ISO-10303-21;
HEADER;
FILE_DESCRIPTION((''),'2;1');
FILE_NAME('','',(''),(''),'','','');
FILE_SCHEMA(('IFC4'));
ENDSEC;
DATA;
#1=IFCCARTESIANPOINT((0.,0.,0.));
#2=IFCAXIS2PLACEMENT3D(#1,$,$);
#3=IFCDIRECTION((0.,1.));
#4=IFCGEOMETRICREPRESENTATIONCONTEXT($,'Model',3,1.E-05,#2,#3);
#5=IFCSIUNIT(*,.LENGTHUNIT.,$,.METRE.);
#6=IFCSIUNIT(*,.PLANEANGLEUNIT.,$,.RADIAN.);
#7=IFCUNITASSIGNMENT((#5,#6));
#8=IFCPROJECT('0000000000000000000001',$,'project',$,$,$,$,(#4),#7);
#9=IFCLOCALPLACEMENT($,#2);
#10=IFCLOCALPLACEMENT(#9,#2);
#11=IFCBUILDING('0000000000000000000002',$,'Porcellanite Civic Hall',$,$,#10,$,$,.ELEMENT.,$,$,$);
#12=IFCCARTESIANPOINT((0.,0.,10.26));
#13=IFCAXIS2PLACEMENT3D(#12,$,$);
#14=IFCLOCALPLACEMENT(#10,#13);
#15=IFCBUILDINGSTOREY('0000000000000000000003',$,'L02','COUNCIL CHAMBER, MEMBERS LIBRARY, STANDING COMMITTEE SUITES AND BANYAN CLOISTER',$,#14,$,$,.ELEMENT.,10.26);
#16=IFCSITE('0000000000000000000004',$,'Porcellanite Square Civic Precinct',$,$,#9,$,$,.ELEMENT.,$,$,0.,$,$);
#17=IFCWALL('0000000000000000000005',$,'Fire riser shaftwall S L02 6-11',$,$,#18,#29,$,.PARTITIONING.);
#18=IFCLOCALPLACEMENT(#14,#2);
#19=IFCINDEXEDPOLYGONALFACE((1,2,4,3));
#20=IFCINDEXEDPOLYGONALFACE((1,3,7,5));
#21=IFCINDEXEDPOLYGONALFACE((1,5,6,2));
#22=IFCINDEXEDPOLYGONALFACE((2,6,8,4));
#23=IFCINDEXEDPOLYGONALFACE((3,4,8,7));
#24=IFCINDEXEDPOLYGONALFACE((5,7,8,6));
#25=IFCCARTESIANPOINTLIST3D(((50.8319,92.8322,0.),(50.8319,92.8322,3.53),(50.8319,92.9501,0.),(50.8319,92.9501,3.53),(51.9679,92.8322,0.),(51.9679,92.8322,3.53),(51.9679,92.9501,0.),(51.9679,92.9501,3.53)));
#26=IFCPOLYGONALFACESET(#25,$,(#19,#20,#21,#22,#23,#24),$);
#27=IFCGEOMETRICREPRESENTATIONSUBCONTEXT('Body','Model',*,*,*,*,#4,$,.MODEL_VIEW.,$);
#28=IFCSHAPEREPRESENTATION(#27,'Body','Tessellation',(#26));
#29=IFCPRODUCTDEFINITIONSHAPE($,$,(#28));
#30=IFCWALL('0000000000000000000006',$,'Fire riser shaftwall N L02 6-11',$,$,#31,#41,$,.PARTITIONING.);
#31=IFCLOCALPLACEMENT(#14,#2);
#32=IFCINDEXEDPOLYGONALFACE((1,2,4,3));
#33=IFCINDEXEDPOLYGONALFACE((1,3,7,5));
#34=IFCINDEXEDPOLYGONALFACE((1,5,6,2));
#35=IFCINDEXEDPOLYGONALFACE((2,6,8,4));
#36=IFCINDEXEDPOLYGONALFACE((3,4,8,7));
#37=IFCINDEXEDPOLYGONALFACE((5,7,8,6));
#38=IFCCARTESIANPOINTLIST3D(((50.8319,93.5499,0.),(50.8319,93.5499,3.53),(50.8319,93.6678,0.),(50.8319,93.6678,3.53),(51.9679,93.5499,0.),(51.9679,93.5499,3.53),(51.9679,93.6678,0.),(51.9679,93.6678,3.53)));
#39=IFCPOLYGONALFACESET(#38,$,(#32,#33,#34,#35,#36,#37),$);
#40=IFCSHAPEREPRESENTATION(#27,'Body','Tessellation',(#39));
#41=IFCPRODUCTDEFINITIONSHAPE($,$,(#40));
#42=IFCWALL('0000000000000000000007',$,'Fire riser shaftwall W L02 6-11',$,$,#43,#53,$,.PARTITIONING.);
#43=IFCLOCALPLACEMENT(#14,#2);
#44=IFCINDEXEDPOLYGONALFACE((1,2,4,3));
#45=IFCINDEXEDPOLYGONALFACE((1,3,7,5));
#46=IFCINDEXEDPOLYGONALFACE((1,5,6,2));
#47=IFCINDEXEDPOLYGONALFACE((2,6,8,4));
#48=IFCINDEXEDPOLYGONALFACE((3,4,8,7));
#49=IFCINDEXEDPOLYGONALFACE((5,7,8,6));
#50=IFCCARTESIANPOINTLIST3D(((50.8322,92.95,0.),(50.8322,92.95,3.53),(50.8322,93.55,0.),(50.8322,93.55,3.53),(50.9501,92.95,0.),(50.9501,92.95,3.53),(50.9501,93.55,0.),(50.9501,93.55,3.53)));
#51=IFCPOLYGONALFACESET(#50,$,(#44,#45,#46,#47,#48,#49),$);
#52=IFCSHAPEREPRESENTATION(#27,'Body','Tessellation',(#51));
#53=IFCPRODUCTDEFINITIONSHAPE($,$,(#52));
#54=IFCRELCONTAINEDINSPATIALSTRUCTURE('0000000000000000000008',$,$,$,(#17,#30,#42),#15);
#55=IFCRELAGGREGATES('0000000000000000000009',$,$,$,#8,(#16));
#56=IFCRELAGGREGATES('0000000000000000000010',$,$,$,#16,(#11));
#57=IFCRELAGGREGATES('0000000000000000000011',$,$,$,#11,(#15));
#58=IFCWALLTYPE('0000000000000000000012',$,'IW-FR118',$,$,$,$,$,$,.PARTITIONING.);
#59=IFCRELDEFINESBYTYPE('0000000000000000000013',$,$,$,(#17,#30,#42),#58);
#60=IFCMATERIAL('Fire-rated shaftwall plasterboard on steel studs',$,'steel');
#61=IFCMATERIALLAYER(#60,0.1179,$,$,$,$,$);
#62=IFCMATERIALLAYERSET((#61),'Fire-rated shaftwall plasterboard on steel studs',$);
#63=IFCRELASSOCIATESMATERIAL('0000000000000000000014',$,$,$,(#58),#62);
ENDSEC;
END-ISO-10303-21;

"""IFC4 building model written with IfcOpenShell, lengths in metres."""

from ifc_helpers import new_model, si_unit, direction, frame, frame_2d, origin, place, context, subcontext, project, spatial, rectangle, extrude, material, layer, layer_set, type_object, element, save


model = new_model("IFC4")

# Units and contexts
model_context = context("Model", 3, precision=1e-05, world=origin(), true_north=direction((0.0, 1.0)))
body_context = subcontext(model_context, "Body", "Model", "MODEL_VIEW")
ifc_project = project(units=[si_unit("LENGTHUNIT", "METRE"), si_unit("PLANEANGLEUNIT", "RADIAN")], contexts=[model_context])

# Site, building, storey
site_placement = place(None, origin())
site = spatial("IfcSite", under=ifc_project, at=site_placement, Name="Porcellanite Square Civic Precinct", CompositionType="ELEMENT", RefElevation=0.0)
building_placement = place(site_placement, origin())
building = spatial("IfcBuilding", under=site, at=building_placement, Name="Porcellanite Civic Hall", CompositionType="ELEMENT")
storey_placement = place(building_placement, frame((0.0, 0.0, 10.26)))
storey = spatial("IfcBuildingStorey", under=building, at=storey_placement, Name="L02", Description="COUNCIL CHAMBER, MEMBERS LIBRARY, STANDING COMMITTEE SUITES AND BANYAN CLOISTER", CompositionType="ELEMENT", Elevation=10.26)

# Walls
ifc_material_1 = material(Name="Fire-rated shaftwall plasterboard on steel studs", Category="steel")
ifc_layer_1 = layer(ifc_material_1, 0.1179)
ifc_layer_set_1 = layer_set([ifc_layer_1], Name="Fire-rated shaftwall plasterboard on steel studs")
wall_type = type_object("IfcWallType", Name="IW-FR118", PredefinedType="PARTITIONING", material=ifc_layer_set_1)
for number, where, z_axis, x_axis, name in (
    (1, (50.832, 92.8911, 0.0), (0.0, 0.0, 1.0), (1.0, 0.0, 0.0), "Fire riser shaftwall S L02 6-11"),
    (2, (50.832, 93.6089, 0.0), (0.0, 0.0, 1.0), (1.0, 0.0, 0.0), "Fire riser shaftwall N L02 6-11"),
):
    element("IfcWall", number, at=place(storey_placement, frame(where, z_axis=z_axis, x_axis=x_axis)), inside=storey, type_object=wall_type, Name=name, PredefinedType="PARTITIONING", context=body_context, shape_type="SweptSolid", body=[
        extrude(rectangle(XDim=1.136, YDim=0.1179, at=frame_2d((0.5679, 0.0))), origin(), (0.0, 0.0, 1.0), 3.53),
    ])
wall_placement = place(storey_placement, frame((50.8911, 92.95, 0.0), z_axis=(0.0, 0.0, 1.0), x_axis=(0.0, 1.0, 0.0)))
element("IfcWall", 3, at=wall_placement, inside=storey, type_object=wall_type, Name="Fire riser shaftwall W L02 6-11", PredefinedType="PARTITIONING", context=body_context, shape_type="SweptSolid", body=[
    extrude(rectangle(XDim=0.6001, YDim=0.1179, at=frame_2d((0.3, 0.0))), origin(), (0.0, 0.0, 1.0), 3.53),
])

save(model, "model.ifc")
